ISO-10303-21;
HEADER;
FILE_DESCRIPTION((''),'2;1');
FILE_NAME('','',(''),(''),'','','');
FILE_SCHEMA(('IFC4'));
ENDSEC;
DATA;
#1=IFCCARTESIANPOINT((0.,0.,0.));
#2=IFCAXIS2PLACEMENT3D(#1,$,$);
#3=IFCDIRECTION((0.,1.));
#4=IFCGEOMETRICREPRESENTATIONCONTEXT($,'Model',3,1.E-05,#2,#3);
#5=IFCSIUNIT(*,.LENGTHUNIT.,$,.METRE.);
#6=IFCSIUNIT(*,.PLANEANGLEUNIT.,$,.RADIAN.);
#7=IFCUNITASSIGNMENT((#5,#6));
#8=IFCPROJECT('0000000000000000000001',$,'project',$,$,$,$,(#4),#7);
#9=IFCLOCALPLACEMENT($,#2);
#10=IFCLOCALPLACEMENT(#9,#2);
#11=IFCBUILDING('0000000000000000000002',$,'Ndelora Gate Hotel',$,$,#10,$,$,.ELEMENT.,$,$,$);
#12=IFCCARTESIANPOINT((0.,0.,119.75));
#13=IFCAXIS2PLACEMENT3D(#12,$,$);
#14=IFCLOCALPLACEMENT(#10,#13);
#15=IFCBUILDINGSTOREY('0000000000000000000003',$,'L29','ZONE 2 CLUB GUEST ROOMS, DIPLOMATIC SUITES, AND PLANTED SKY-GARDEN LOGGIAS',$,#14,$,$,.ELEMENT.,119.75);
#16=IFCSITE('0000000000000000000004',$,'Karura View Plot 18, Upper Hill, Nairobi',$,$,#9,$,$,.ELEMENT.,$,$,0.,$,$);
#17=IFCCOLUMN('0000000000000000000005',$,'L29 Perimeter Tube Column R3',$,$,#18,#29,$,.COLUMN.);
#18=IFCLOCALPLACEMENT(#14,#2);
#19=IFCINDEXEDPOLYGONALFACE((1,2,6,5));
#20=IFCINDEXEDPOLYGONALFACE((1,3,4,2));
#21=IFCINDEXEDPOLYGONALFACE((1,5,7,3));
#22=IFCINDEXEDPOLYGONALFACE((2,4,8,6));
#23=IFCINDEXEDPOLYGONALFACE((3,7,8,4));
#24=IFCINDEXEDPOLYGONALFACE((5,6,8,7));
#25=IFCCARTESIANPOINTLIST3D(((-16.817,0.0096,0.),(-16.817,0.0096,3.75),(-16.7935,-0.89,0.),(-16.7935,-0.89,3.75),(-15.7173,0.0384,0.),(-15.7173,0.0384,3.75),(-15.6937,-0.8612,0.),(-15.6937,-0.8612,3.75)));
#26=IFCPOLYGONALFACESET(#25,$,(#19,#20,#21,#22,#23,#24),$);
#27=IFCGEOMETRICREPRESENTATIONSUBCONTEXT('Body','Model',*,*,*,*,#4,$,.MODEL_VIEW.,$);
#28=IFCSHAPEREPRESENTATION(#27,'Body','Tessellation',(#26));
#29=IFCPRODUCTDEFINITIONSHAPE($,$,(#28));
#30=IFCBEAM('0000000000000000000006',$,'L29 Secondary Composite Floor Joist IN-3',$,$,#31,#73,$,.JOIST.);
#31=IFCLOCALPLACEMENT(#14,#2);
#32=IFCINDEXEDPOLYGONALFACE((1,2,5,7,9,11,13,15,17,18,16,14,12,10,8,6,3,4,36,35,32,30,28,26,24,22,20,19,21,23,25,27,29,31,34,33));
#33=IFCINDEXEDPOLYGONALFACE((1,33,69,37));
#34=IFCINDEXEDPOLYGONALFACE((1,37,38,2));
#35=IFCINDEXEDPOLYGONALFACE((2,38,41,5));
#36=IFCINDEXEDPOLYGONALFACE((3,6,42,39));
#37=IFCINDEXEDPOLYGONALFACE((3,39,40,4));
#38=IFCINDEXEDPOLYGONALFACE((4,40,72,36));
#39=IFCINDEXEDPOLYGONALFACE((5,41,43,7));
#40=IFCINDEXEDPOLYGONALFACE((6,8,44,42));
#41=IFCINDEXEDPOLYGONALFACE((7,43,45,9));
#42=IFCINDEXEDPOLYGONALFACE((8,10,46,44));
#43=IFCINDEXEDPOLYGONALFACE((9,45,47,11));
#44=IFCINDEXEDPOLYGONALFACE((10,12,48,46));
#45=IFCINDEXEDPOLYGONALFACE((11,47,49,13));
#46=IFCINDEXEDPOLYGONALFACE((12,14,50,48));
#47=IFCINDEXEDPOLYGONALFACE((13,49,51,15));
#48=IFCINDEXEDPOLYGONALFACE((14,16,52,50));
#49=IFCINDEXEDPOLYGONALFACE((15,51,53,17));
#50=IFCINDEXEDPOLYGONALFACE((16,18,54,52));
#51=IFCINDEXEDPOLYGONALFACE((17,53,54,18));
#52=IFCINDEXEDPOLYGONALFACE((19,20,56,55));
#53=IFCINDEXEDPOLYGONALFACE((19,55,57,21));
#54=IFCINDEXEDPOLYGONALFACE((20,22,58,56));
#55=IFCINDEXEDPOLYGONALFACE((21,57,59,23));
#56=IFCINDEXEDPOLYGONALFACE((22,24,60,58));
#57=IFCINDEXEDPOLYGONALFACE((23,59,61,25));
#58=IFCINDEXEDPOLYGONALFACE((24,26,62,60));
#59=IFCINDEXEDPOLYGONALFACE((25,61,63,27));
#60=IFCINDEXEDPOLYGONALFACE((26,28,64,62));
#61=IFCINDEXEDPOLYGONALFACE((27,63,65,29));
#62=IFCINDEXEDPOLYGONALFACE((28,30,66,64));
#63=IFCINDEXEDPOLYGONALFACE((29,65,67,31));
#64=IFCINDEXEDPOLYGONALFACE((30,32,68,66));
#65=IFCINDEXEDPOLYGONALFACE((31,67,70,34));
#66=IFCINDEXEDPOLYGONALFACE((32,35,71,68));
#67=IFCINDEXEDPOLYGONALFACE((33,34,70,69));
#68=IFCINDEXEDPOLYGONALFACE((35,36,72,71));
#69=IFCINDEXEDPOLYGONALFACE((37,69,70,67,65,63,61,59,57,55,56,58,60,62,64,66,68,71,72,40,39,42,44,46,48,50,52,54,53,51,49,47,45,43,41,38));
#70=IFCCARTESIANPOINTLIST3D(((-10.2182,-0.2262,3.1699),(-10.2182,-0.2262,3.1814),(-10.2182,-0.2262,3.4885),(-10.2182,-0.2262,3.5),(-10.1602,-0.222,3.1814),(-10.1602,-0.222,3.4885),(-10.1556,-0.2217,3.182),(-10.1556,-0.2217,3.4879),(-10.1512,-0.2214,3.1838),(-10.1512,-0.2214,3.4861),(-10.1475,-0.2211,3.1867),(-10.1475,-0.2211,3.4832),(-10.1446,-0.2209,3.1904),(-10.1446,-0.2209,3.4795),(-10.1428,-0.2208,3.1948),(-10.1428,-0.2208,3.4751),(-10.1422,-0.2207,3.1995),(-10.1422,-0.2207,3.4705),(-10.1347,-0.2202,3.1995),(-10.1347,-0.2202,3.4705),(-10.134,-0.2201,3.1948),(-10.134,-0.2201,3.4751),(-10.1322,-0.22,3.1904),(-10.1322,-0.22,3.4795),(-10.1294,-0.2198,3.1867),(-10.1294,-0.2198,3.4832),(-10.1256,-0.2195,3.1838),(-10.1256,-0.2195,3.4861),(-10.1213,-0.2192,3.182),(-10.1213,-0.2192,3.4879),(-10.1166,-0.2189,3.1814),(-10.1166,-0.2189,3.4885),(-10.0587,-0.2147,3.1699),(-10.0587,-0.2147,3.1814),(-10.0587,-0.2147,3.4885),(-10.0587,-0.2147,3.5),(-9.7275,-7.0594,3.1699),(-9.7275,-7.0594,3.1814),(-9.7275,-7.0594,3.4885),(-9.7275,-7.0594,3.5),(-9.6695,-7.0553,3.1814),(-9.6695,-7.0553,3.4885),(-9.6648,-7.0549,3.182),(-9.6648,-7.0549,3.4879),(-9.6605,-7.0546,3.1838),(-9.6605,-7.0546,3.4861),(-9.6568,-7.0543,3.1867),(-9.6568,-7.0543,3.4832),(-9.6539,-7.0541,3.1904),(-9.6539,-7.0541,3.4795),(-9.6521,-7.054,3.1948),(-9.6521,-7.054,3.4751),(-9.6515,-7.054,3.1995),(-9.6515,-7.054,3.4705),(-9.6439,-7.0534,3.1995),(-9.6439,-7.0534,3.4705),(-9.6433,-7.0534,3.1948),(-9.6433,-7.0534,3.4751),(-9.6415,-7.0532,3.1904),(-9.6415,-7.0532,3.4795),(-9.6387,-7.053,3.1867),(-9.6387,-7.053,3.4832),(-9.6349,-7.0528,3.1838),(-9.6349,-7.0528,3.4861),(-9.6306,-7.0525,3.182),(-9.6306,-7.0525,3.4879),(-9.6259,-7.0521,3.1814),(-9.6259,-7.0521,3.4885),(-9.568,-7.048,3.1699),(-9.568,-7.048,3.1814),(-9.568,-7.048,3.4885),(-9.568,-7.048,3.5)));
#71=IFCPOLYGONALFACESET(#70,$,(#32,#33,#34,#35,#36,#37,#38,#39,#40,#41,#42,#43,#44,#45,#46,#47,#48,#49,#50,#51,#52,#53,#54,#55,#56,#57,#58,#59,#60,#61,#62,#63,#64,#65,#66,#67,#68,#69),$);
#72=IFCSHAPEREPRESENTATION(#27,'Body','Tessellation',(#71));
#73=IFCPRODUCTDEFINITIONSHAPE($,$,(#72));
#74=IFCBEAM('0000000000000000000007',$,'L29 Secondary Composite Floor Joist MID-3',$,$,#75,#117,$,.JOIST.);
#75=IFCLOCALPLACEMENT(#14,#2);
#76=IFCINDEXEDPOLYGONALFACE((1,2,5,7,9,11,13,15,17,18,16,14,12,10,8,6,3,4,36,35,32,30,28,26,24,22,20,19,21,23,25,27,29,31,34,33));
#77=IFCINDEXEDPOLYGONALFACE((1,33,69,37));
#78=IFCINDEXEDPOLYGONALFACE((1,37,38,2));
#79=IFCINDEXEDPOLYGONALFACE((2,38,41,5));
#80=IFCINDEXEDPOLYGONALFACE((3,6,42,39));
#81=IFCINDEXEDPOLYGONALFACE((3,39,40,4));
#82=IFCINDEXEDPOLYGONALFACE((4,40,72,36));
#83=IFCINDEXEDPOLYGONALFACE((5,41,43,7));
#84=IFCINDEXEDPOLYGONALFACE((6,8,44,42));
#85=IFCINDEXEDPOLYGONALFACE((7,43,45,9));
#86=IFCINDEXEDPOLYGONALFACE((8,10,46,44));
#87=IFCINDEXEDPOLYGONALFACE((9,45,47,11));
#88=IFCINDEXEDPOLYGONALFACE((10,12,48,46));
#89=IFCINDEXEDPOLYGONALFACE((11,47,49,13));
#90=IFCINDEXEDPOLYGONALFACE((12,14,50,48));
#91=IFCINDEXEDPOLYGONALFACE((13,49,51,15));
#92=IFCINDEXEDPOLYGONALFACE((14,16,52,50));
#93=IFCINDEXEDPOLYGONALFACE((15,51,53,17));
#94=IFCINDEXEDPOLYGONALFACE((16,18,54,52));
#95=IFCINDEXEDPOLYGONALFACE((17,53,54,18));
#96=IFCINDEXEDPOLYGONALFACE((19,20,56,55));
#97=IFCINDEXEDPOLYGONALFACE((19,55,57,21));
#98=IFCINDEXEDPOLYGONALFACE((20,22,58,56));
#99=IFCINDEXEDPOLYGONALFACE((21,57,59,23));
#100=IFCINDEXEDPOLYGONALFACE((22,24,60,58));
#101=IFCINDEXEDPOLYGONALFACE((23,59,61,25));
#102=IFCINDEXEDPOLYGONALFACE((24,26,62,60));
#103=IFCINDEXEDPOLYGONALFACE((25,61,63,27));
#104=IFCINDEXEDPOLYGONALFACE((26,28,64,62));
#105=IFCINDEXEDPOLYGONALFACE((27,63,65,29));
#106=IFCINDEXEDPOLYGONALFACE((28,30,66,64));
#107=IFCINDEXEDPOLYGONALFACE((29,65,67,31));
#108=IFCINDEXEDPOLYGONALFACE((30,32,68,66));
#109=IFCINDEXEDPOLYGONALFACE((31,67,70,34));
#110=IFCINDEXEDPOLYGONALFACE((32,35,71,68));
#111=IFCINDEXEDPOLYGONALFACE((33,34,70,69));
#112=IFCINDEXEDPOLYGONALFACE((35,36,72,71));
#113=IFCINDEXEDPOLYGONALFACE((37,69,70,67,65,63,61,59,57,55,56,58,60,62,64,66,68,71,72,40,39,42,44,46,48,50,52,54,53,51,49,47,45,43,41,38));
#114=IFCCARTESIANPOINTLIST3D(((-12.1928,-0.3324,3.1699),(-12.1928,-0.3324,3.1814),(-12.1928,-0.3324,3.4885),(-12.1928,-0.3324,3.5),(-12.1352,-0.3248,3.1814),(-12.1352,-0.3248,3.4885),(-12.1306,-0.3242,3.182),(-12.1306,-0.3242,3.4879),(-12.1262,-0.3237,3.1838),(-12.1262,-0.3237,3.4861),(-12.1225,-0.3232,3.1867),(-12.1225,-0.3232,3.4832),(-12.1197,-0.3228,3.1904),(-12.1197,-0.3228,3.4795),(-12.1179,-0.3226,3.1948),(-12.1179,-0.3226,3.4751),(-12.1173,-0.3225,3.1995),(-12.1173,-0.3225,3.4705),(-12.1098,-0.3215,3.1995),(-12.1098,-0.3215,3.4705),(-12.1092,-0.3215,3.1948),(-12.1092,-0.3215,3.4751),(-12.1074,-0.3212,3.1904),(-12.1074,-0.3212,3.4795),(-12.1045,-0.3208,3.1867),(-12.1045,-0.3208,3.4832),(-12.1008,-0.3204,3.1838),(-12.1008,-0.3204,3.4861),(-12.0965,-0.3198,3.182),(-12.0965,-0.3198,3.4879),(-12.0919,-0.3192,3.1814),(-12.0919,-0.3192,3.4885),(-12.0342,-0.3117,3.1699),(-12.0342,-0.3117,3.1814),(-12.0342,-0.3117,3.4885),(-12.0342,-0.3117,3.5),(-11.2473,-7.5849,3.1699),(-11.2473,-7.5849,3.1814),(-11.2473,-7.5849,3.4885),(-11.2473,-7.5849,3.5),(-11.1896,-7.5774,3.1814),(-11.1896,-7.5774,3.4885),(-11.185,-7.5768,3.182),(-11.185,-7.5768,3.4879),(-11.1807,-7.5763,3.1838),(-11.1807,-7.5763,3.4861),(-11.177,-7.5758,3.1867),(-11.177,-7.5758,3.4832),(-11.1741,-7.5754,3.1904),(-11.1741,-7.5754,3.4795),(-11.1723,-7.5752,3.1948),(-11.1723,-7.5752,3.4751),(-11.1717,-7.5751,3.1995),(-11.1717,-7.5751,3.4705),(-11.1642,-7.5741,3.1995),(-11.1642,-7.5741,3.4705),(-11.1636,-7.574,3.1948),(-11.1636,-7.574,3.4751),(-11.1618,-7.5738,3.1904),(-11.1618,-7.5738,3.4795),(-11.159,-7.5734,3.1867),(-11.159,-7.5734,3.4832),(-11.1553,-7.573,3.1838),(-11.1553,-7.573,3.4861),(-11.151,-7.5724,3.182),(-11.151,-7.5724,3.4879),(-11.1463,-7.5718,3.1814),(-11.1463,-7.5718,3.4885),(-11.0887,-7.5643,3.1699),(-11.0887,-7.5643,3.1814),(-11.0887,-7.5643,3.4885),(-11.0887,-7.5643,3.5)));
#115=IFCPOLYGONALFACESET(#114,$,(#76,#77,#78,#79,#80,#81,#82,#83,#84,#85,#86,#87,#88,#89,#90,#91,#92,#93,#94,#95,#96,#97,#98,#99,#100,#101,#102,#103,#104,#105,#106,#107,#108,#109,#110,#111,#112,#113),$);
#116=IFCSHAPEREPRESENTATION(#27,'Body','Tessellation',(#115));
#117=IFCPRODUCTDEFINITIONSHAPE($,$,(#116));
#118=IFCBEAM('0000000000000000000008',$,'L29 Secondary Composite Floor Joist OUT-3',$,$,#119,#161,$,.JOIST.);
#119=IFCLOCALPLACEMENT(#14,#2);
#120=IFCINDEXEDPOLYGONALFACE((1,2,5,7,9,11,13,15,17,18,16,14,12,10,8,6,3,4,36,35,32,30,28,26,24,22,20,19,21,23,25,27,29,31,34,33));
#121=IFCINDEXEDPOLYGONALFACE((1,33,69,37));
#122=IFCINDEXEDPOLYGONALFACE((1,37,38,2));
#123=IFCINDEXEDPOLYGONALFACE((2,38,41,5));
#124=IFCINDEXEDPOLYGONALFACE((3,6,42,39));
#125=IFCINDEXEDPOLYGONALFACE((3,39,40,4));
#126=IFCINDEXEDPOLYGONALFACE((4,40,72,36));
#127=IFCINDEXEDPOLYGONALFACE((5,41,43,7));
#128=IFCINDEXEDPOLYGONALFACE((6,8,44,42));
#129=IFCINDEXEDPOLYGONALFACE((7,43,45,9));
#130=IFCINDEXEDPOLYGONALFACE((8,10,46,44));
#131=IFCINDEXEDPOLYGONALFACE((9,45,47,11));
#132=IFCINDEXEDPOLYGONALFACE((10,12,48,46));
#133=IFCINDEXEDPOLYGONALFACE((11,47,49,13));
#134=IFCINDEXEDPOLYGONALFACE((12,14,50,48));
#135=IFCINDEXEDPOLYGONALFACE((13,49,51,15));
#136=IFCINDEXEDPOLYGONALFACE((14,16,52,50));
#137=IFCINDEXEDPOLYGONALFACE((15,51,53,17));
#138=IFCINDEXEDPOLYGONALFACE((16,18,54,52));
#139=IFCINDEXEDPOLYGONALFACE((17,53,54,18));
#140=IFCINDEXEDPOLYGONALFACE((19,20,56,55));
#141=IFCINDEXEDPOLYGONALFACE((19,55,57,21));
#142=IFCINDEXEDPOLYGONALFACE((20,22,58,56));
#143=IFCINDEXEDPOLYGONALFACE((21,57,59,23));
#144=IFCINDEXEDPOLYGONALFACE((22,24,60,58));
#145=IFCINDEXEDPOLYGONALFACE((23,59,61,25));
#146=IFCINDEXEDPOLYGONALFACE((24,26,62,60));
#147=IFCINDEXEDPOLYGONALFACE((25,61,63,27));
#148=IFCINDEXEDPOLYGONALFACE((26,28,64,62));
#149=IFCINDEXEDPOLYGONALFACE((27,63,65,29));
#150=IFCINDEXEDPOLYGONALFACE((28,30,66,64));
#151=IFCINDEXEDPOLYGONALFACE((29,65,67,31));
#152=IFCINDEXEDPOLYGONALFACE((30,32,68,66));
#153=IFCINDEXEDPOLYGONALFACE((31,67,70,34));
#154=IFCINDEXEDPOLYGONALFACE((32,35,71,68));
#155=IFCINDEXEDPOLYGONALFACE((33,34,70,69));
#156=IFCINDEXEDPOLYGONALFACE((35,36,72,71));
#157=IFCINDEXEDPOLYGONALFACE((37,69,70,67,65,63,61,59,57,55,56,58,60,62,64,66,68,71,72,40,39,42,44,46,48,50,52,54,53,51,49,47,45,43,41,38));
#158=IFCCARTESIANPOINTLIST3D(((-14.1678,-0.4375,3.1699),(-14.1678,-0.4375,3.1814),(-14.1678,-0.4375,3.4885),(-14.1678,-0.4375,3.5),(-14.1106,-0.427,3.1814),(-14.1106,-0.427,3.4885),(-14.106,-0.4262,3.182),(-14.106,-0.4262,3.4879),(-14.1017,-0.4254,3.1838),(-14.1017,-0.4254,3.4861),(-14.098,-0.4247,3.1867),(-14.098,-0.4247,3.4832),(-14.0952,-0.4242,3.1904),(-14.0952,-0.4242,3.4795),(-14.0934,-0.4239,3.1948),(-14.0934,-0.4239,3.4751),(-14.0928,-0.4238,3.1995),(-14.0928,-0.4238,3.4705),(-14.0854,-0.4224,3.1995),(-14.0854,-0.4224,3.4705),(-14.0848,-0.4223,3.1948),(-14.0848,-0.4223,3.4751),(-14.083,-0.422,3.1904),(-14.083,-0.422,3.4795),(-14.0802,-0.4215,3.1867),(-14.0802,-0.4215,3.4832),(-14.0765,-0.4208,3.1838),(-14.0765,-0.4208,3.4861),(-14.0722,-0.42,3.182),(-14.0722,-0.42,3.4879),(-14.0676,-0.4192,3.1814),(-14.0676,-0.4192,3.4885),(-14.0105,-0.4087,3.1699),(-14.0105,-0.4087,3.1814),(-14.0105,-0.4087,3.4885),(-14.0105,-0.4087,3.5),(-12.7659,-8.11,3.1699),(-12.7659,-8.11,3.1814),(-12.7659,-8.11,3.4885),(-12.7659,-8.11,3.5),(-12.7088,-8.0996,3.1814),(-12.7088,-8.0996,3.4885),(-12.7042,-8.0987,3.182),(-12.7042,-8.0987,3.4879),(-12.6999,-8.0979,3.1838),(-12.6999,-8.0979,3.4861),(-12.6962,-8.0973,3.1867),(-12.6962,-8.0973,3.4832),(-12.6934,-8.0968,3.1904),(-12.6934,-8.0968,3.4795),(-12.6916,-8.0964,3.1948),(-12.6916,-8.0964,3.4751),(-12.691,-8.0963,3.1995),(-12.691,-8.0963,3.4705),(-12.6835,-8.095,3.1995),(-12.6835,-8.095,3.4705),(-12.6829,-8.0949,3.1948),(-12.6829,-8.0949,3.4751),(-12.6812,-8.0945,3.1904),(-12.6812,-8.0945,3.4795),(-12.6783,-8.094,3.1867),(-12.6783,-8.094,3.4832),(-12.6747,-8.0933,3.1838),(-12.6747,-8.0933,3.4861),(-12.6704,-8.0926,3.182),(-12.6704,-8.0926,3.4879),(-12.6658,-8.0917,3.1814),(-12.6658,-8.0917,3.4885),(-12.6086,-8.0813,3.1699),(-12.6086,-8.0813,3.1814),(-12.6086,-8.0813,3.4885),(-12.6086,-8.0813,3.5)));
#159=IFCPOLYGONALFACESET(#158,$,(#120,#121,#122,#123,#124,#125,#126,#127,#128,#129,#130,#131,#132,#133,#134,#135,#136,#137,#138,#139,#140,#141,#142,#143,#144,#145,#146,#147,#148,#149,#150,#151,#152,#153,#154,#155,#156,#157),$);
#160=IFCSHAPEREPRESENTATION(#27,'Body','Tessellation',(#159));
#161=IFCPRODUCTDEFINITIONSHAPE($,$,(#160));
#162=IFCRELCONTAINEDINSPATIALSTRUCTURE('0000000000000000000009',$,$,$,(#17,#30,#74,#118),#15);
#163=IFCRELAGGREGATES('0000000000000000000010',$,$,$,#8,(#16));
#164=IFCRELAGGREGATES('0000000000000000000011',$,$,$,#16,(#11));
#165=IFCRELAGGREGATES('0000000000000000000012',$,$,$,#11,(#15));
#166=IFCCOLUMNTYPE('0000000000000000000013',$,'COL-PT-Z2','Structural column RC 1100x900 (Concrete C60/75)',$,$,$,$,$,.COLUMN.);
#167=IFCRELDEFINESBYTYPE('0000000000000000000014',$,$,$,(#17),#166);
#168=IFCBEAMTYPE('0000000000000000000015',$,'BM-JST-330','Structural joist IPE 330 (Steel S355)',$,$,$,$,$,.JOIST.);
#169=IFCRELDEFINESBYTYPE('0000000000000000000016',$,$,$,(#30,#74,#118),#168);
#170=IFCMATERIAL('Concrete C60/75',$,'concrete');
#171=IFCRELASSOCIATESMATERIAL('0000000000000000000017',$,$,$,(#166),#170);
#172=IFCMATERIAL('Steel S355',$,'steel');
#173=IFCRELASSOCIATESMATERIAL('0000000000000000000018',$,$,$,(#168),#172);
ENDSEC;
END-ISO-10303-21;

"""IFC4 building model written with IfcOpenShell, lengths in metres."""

from ifc_helpers import new_model, si_unit, direction, frame, origin, origin_2d, place, context, subcontext, project, spatial, rectangle, i_section, extrude, material, material_profile, profile_set, type_object, element, save


model = new_model("IFC4")

# Units and contexts
model_context = context("Model", 3, precision=1e-05, world=origin(), true_north=direction((0.0, 1.0)))
body_context = subcontext(model_context, "Body", "Model", "MODEL_VIEW")
ifc_project = project(units=[si_unit("LENGTHUNIT", "METRE"), si_unit("PLANEANGLEUNIT", "RADIAN")], contexts=[model_context])

# Site, building, storey
site_placement = place(None, origin())
site = spatial("IfcSite", under=ifc_project, at=site_placement, Name="Karura View Plot 18, Upper Hill, Nairobi", CompositionType="ELEMENT", RefElevation=0.0)
building_placement = place(site_placement, origin())
building = spatial("IfcBuilding", under=site, at=building_placement, Name="Ndelora Gate Hotel", CompositionType="ELEMENT")
storey_placement = place(building_placement, frame((0.0, 0.0, 119.75)))
storey = spatial("IfcBuildingStorey", under=building, at=storey_placement, Name="L29", Description="ZONE 2 CLUB GUEST ROOMS, DIPLOMATIC SUITES, AND PLANTED SKY-GARDEN LOGGIAS", CompositionType="ELEMENT", Elevation=119.75)

# Column
ifc_material_1 = material(Name="Concrete C60/75", Category="concrete")
ifc_material_profile_1 = material_profile(ifc_material_1, rectangle(XDim=0.8999, YDim=1.1001, at=origin_2d()), Name="RC 1100x900")
ifc_profile_set_1 = profile_set([ifc_material_profile_1], Name="Concrete C60/75")
column_type = type_object("IfcColumnType", Name="COL-PT-Z2", Description="Structural column RC 1100x900 (Concrete C60/75)", PredefinedType="COLUMN", material=ifc_profile_set_1)
column_placement = place(storey_placement, frame((-16.2554, -0.4258, 0.0), z_axis=(0.0, 0.0, 1.0), x_axis=(-0.026177, 0.999657, 0.0)))
element("IfcColumn", 1, at=column_placement, inside=storey, type_object=column_type, Name="L29 Perimeter Tube Column R3", PredefinedType="COLUMN", context=body_context, shape_type="SweptSolid", body=[
    extrude(rectangle(XDim=0.8999, YDim=1.1001, at=origin_2d()), origin(), (0.0, 0.0, 1.0), 3.75),
])

# Beams
ifc_material_2 = material(Name="Steel S355", Category="steel")
ifc_material_profile_2 = material_profile(ifc_material_2, i_section(OverallWidth=0.1599, OverallDepth=0.3301, WebThickness=0.0076, FlangeThickness=0.0115, FilletRadius=0.0181, at=origin_2d()), Name="IPE 330")
ifc_profile_set_2 = profile_set([ifc_material_profile_2], Name="Steel S355")
beam_type_1 = type_object("IfcBeamType", Name="BM-JST-330", Description="Structural joist IPE 330 (Steel S355)", PredefinedType="JOIST", material=ifc_profile_set_2)
beam_1_placement = place(storey_placement, frame((-10.1384, -0.2205, 3.335), z_axis=(0.071629, -0.997431, 0.0), x_axis=(0.997431, 0.071629, 0.0)))
element("IfcBeam", 2, at=beam_1_placement, inside=storey, type_object=beam_type_1, Name="L29 Secondary Composite Floor Joist IN-3", PredefinedType="JOIST", context=body_context, shape_type="SweptSolid", body=[
    extrude(i_section(OverallWidth=0.1599, OverallDepth=0.3301, WebThickness=0.0076, FlangeThickness=0.0115, FilletRadius=0.0181, at=origin_2d()), origin(), (0.0, 0.0, 1.0), 6.8508),
])
beam_2_placement = place(storey_placement, frame((-12.1135, -0.322, 3.335), z_axis=(0.129279, -0.991608, 0.0), x_axis=(0.991608, 0.129279, 0.0)))
element("IfcBeam", 3, at=beam_2_placement, inside=storey, type_object=beam_type_1, Name="L29 Secondary Composite Floor Joist MID-3", PredefinedType="JOIST", context=body_context, shape_type="SweptSolid", body=[
    extrude(i_section(OverallWidth=0.1599, OverallDepth=0.3301, WebThickness=0.0076, FlangeThickness=0.0115, FilletRadius=0.0181, at=origin_2d()), origin(), (0.0, 0.0, 1.0), 7.314),
])
beam_3_placement = place(storey_placement, frame((-14.0891, -0.4231, 3.335), z_axis=(0.179734, -0.983715, 0.0), x_axis=(0.983715, 0.179734, 0.0)))
element("IfcBeam", 4, at=beam_3_placement, inside=storey, type_object=beam_type_1, Name="L29 Secondary Composite Floor Joist OUT-3", PredefinedType="JOIST", context=body_context, shape_type="SweptSolid", body=[
    extrude(i_section(OverallWidth=0.1599, OverallDepth=0.3301, WebThickness=0.0076, FlangeThickness=0.0115, FilletRadius=0.0181, at=origin_2d()), origin(), (0.0, 0.0, 1.0), 7.7996),
])

save(model, "model.ifc")
